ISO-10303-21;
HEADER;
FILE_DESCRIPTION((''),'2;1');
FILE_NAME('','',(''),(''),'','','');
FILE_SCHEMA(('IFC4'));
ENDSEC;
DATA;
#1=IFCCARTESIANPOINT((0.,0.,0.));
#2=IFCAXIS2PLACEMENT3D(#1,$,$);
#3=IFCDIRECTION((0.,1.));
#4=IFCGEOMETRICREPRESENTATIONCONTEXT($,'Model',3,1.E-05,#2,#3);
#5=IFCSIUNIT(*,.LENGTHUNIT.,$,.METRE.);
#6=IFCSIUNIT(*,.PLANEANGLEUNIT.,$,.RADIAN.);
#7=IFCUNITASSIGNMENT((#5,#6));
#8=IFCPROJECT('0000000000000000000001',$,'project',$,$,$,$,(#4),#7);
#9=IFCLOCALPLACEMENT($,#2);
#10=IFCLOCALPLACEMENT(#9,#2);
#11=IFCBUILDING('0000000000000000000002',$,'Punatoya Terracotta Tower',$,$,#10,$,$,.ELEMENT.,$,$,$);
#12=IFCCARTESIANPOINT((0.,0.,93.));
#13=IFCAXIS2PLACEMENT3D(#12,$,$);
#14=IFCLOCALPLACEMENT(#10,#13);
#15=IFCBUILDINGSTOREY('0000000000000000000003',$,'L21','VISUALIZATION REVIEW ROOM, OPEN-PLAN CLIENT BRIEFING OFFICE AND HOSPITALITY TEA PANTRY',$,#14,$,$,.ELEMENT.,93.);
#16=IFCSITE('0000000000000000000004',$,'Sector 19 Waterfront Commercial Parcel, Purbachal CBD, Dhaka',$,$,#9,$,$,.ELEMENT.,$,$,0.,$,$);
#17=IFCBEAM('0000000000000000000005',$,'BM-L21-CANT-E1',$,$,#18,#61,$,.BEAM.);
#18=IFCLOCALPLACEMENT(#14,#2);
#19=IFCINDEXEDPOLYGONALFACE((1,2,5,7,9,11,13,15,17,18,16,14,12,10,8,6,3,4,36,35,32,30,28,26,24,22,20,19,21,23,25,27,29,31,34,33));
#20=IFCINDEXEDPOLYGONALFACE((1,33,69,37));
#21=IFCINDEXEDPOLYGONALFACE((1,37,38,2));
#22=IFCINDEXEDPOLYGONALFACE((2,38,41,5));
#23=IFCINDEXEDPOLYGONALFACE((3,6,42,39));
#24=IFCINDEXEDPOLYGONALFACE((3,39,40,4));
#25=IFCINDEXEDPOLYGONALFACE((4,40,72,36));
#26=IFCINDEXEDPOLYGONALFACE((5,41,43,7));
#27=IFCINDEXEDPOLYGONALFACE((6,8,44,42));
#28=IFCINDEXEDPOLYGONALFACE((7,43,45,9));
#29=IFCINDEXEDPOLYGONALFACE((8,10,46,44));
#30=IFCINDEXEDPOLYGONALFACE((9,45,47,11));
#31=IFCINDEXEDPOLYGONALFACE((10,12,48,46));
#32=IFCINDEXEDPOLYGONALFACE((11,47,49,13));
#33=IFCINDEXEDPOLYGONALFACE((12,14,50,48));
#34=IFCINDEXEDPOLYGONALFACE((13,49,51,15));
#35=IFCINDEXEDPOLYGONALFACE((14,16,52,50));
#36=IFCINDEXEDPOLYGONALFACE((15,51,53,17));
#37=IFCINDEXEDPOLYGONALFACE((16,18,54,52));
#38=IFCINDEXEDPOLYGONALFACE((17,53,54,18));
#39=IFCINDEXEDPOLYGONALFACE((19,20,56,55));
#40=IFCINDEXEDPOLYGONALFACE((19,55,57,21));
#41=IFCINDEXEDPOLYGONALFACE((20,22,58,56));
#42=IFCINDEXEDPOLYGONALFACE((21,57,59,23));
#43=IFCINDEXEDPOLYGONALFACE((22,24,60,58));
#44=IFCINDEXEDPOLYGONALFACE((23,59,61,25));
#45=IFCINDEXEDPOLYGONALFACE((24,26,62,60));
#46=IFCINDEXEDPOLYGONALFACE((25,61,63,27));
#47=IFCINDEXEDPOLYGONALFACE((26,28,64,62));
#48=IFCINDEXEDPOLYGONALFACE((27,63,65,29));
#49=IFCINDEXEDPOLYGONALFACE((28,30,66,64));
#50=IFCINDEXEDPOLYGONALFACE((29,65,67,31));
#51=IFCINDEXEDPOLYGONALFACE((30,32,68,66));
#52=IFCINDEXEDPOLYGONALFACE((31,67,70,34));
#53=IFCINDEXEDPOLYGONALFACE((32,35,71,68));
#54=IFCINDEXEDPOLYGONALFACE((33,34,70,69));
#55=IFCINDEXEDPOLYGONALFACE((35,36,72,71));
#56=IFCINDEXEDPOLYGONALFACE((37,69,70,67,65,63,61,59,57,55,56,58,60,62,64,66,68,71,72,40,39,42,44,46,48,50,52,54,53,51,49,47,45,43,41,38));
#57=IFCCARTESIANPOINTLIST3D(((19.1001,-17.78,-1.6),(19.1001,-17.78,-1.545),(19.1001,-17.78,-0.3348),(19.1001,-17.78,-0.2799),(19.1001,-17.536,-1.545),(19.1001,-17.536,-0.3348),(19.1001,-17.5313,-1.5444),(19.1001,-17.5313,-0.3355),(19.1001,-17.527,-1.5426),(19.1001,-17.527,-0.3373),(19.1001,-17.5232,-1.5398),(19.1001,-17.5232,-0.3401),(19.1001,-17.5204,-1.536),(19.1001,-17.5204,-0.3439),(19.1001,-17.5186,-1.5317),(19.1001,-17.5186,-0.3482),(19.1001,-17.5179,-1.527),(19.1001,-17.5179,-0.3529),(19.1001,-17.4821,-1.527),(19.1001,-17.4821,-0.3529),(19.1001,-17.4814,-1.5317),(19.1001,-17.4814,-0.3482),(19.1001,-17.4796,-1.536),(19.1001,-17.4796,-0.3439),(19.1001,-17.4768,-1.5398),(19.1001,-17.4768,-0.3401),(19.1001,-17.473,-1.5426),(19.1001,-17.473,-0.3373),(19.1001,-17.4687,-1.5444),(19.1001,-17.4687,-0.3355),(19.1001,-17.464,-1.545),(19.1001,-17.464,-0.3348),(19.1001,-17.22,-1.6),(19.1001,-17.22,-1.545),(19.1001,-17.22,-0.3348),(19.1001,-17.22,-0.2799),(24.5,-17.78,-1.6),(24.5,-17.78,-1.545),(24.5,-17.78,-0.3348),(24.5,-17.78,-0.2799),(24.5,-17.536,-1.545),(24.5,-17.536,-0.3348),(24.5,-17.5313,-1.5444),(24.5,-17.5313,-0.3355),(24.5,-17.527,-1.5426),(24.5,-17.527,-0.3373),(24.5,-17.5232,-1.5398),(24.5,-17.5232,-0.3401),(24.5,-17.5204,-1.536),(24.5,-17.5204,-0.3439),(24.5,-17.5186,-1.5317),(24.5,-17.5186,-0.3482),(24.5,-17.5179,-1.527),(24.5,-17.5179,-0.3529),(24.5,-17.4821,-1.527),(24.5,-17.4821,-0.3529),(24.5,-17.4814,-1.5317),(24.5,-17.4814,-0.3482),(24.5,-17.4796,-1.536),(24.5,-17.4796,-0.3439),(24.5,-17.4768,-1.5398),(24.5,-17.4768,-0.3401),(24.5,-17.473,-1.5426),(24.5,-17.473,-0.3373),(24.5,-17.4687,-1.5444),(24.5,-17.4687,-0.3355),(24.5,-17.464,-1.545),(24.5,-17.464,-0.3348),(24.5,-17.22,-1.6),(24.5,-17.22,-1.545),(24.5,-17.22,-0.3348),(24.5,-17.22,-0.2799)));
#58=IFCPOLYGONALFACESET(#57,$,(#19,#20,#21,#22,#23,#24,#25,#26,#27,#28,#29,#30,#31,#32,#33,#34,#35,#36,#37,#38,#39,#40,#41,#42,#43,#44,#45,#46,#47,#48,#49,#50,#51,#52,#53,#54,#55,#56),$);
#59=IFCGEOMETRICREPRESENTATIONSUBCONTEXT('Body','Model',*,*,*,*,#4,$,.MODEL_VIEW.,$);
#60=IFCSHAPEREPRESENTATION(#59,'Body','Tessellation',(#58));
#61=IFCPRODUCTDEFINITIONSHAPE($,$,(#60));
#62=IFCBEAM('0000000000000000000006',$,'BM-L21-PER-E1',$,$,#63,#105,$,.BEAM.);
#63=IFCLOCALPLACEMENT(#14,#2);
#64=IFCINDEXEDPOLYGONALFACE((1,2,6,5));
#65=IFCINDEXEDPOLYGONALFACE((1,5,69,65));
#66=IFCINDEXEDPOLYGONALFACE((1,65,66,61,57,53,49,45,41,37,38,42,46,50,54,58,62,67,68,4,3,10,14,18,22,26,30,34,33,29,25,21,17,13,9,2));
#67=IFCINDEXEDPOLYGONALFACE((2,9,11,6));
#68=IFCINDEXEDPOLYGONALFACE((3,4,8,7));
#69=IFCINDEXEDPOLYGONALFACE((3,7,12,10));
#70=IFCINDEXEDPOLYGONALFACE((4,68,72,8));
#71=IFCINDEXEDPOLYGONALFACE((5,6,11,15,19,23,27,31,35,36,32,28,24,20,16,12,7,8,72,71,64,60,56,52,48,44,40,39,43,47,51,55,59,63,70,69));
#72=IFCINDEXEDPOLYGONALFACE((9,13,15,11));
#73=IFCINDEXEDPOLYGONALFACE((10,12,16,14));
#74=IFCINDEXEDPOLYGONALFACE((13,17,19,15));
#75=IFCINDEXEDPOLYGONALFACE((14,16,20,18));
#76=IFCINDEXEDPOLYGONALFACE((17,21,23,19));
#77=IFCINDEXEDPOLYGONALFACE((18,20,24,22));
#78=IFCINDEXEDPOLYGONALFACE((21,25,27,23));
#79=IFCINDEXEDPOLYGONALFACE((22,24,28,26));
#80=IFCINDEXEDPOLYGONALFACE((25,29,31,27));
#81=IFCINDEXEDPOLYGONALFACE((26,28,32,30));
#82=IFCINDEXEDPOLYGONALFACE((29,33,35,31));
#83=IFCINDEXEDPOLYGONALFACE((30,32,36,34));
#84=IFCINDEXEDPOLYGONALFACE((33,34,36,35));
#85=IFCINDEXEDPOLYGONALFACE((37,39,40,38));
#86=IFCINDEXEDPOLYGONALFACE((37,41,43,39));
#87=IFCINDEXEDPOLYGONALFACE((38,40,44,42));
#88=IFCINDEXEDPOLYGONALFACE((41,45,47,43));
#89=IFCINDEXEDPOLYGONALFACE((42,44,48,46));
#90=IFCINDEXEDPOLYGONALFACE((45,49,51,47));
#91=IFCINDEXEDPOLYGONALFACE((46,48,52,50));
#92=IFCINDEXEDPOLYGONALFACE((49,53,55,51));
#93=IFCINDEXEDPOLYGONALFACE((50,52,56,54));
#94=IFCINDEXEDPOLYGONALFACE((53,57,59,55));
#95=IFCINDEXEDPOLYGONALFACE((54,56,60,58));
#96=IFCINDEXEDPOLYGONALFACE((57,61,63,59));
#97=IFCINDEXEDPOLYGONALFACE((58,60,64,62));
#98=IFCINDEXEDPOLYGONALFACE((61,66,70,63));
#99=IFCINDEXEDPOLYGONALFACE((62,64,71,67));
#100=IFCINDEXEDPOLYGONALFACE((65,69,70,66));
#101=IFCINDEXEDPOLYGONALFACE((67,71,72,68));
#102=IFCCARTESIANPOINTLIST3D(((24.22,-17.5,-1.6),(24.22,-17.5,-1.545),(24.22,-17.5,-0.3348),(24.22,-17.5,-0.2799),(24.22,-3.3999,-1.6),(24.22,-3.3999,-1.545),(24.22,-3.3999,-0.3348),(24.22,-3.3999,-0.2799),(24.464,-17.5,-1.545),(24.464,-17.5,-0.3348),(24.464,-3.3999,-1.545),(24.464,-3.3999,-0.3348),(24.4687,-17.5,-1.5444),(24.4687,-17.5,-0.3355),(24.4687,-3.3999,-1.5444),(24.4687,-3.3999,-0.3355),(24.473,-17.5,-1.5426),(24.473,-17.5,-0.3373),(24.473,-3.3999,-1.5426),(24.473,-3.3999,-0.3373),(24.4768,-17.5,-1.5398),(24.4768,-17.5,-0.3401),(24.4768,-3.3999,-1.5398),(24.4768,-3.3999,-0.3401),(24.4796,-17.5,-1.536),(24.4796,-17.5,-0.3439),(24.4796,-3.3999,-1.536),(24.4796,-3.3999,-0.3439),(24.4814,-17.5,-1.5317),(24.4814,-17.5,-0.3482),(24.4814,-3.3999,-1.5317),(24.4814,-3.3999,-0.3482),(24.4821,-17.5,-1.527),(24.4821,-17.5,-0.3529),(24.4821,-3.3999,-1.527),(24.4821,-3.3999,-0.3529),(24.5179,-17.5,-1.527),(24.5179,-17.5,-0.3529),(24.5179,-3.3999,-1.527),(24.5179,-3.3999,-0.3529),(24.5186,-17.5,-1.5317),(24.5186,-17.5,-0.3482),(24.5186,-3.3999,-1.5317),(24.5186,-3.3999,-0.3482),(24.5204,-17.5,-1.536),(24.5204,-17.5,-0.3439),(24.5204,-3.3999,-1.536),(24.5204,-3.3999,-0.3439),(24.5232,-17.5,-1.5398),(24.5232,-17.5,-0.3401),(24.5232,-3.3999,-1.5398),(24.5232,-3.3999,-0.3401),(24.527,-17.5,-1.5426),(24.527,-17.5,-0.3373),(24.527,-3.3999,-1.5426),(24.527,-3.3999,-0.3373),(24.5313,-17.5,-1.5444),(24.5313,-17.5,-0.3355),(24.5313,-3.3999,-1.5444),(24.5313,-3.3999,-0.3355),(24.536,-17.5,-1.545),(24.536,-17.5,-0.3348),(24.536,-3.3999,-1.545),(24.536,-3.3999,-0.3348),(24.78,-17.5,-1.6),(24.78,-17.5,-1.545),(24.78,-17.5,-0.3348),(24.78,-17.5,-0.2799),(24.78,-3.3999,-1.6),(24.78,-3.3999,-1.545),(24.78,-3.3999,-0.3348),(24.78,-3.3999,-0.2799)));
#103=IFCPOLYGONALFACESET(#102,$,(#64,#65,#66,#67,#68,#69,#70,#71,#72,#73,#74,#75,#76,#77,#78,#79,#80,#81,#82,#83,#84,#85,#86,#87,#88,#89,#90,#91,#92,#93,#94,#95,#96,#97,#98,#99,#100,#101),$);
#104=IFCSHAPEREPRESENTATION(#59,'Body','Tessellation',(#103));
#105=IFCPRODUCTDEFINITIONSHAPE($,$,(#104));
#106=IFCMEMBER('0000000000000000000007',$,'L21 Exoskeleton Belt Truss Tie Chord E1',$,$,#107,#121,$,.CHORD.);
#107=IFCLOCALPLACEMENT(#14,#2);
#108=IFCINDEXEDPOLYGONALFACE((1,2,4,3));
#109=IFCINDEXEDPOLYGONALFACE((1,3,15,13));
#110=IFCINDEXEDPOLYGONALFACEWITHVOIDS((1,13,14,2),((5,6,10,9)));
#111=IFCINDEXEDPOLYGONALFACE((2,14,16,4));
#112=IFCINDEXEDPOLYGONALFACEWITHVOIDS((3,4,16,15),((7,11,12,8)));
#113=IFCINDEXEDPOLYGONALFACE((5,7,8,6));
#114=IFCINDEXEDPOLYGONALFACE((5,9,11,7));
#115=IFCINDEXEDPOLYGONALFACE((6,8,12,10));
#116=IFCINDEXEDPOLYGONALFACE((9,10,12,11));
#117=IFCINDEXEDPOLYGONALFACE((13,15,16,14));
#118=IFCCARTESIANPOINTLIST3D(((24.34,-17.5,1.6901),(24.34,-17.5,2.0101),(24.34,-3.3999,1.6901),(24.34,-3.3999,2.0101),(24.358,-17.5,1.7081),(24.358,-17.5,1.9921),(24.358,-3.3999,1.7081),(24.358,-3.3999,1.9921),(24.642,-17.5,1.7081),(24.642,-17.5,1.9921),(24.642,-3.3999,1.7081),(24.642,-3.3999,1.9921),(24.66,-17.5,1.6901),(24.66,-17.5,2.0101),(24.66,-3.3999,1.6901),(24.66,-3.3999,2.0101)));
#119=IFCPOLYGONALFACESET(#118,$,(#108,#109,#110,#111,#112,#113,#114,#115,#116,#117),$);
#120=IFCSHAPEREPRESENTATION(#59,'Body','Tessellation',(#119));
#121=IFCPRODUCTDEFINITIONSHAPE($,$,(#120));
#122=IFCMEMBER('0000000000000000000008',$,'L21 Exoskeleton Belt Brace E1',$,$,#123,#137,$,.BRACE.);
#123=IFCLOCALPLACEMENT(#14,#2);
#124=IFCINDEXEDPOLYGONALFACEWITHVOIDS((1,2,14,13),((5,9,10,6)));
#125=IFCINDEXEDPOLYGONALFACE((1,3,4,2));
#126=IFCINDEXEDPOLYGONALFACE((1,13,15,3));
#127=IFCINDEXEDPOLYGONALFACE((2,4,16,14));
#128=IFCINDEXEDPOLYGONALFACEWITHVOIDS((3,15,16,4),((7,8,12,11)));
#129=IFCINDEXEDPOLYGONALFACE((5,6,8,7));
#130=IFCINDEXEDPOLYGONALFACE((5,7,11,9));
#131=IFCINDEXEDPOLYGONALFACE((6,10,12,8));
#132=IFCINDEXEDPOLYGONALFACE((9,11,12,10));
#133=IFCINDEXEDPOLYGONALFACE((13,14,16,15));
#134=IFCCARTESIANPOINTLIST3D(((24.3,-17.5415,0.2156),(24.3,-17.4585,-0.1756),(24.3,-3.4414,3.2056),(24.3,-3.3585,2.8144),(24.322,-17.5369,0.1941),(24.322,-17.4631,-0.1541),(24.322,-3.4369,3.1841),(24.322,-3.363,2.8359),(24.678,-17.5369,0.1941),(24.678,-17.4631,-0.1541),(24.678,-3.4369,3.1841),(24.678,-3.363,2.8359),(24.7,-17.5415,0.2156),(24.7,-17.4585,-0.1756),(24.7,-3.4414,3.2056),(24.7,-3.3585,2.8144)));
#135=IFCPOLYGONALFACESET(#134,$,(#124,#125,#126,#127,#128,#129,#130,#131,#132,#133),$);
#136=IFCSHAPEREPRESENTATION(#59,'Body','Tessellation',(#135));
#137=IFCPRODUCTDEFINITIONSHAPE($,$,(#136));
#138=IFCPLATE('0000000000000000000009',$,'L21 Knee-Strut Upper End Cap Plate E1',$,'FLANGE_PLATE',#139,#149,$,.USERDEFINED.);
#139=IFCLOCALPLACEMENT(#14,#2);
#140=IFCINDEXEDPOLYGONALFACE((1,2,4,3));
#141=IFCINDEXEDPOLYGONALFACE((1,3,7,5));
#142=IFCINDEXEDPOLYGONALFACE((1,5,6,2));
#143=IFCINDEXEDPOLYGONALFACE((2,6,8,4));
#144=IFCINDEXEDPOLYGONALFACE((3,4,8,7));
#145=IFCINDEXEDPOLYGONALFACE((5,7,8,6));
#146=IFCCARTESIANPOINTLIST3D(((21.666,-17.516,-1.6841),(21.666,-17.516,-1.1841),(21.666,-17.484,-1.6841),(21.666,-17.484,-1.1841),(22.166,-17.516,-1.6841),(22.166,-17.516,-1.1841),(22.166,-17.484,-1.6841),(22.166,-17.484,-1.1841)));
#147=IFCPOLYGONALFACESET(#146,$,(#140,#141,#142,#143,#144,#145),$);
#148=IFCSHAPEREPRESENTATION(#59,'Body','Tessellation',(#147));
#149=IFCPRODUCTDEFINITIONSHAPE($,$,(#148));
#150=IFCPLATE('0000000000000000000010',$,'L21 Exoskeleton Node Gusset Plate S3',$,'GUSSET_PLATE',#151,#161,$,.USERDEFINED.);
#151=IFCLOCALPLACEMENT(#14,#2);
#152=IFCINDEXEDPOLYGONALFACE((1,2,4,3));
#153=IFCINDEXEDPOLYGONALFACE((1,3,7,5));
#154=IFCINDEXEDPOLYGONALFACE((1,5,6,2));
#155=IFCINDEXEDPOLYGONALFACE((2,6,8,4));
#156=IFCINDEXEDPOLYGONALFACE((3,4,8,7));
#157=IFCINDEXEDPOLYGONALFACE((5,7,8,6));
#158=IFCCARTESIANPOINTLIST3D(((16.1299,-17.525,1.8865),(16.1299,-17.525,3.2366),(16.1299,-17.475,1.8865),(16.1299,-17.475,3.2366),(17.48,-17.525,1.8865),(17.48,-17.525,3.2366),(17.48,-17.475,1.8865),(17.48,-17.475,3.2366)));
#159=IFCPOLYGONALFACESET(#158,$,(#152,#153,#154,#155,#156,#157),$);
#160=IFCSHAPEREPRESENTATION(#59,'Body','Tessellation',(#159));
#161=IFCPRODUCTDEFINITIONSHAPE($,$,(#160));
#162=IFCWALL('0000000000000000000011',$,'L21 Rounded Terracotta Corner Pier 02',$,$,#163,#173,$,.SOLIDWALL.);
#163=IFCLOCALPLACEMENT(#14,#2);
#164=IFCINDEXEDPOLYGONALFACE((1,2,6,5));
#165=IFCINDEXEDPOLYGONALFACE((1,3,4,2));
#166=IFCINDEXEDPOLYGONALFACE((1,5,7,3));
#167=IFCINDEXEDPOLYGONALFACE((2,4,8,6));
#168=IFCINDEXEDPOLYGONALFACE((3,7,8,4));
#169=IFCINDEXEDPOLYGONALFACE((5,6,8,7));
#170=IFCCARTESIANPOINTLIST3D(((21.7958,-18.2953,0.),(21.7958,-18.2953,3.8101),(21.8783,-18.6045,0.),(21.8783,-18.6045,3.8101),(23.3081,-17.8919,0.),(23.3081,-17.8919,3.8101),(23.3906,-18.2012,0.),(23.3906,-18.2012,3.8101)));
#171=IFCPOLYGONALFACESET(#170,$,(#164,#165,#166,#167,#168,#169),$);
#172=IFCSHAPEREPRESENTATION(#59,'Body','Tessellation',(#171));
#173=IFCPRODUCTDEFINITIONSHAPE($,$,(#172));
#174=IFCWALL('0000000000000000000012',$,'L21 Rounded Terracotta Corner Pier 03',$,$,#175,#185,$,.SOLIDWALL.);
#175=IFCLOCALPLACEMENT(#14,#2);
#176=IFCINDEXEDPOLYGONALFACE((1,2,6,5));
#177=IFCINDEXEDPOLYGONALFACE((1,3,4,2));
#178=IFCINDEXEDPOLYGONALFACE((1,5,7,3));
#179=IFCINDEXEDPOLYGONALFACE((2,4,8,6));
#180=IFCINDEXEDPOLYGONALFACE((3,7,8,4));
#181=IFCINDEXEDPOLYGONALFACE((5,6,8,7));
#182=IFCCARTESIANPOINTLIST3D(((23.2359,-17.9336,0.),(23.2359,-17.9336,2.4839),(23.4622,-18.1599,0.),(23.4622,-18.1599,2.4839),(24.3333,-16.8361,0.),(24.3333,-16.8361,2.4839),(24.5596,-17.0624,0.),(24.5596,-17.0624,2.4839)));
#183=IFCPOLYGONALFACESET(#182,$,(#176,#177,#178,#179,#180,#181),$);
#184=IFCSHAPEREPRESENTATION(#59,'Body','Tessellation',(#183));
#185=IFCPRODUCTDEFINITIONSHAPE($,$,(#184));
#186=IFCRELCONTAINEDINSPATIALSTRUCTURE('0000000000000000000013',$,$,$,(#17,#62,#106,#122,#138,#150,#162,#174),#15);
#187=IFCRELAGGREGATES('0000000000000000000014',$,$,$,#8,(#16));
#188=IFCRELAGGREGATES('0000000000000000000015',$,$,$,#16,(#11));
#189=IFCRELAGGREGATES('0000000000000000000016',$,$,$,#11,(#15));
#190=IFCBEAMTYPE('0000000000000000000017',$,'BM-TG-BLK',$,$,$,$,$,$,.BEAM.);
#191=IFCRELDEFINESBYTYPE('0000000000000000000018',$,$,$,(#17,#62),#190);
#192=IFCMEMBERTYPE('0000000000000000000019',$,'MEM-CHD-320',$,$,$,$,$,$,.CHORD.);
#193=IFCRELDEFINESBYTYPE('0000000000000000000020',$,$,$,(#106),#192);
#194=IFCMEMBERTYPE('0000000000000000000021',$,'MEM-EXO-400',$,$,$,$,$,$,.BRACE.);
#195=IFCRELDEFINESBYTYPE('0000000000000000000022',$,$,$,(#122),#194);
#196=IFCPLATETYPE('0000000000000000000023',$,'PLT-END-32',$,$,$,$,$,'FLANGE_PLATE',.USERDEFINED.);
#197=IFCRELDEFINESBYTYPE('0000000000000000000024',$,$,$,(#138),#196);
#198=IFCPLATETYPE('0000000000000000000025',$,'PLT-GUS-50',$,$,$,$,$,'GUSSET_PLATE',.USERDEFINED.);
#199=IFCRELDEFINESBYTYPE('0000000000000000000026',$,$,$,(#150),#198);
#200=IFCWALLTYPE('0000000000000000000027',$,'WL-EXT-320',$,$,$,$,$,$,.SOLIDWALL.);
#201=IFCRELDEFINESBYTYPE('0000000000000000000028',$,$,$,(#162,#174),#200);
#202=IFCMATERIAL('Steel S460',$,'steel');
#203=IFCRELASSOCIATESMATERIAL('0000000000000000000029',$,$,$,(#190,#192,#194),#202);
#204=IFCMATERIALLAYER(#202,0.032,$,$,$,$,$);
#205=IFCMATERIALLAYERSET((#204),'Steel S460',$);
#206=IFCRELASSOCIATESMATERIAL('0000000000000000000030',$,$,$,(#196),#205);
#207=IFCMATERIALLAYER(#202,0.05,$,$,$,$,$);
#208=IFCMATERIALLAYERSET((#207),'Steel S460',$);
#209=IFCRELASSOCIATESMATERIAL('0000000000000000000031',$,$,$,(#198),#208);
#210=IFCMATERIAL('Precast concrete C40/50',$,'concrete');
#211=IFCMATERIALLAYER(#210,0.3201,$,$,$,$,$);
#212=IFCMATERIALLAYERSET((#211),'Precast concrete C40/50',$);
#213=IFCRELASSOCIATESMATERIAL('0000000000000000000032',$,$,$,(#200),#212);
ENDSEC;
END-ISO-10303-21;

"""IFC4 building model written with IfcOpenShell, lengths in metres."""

from ifc_helpers import new_model, si_unit, direction, frame, frame_2d, origin, origin_2d, place, context, subcontext, project, spatial, rectangle, hollow_rectangle, i_section, extrude, material, layer, layer_set, material_profile, profile_set, type_object, element, save


model = new_model("IFC4")

# Units and contexts
model_context = context("Model", 3, precision=1e-05, world=origin(), true_north=direction((0.0, 1.0)))
body_context = subcontext(model_context, "Body", "Model", "MODEL_VIEW")
ifc_project = project(units=[si_unit("LENGTHUNIT", "METRE"), si_unit("PLANEANGLEUNIT", "RADIAN")], contexts=[model_context])

# Site, building, storey
site_placement = place(None, origin())
site = spatial("IfcSite", under=ifc_project, at=site_placement, Name="Sector 19 Waterfront Commercial Parcel, Purbachal CBD, Dhaka", CompositionType="ELEMENT", RefElevation=0.0)
building_placement = place(site_placement, origin())
building = spatial("IfcBuilding", under=site, at=building_placement, Name="Punatoya Terracotta Tower", CompositionType="ELEMENT")
storey_placement = place(building_placement, frame((0.0, 0.0, 93.0)))
storey = spatial("IfcBuildingStorey", under=building, at=storey_placement, Name="L21", Description="VISUALIZATION REVIEW ROOM, OPEN-PLAN CLIENT BRIEFING OFFICE AND HOSPITALITY TEA PANTRY", CompositionType="ELEMENT", Elevation=93.0)

# Shared definitions
ifc_material_1 = material(Name="Steel S460", Category="steel")

# Beams
ifc_material_profile_1 = material_profile(ifc_material_1, i_section(OverallWidth=0.5601, OverallDepth=1.3201, WebThickness=0.0359, FlangeThickness=0.0549, FilletRadius=0.0181, at=origin_2d()))
ifc_profile_set_1 = profile_set([ifc_material_profile_1], Name="Steel S460")
beam_type_1 = type_object("IfcBeamType", Name="BM-TG-BLK", PredefinedType="BEAM", material=ifc_profile_set_1)
beam_1_placement = place(storey_placement, frame((19.1001, -17.5, -0.9399), z_axis=(1.0, 0.0, 0.0), x_axis=(0.0, 1.0, 0.0)))
element("IfcBeam", 1, at=beam_1_placement, inside=storey, type_object=beam_type_1, Name="BM-L21-CANT-E1", PredefinedType="BEAM", context=body_context, shape_type="SweptSolid", body=[
    extrude(i_section(OverallWidth=0.5601, OverallDepth=1.3201, WebThickness=0.0359, FlangeThickness=0.0549, FilletRadius=0.0181, at=origin_2d()), origin(), (0.0, 0.0, 1.0), 5.3999),
])
beam_2_placement = place(storey_placement, frame((24.5, -17.5, -0.9399), z_axis=(0.0, 1.0, 0.0), x_axis=(-1.0, 0.0, 0.0)))
element("IfcBeam", 2, at=beam_2_placement, inside=storey, type_object=beam_type_1, Name="BM-L21-PER-E1", PredefinedType="BEAM", context=body_context, shape_type="SweptSolid", body=[
    extrude(i_section(OverallWidth=0.5601, OverallDepth=1.3201, WebThickness=0.0359, FlangeThickness=0.0549, FilletRadius=0.0181, at=origin_2d()), origin(), (0.0, 0.0, 1.0), 14.1001),
])

# Members
ifc_material_profile_2 = material_profile(ifc_material_1, hollow_rectangle(XDim=0.3201, YDim=0.3201, WallThickness=0.0181, at=origin_2d()))
ifc_profile_set_2 = profile_set([ifc_material_profile_2], Name="Steel S460")
member_type_1 = type_object("IfcMemberType", Name="MEM-CHD-320", PredefinedType="CHORD", material=ifc_profile_set_2)
member_1_placement = place(storey_placement, frame((24.5, -17.5, 1.8501), z_axis=(0.0, 1.0, 0.0), x_axis=(-1.0, 0.0, 0.0)))
element("IfcMember", 3, at=member_1_placement, inside=storey, type_object=member_type_1, Name="L21 Exoskeleton Belt Truss Tie Chord E1", PredefinedType="CHORD", context=body_context, shape_type="SweptSolid", body=[
    extrude(hollow_rectangle(XDim=0.3201, YDim=0.3201, WallThickness=0.0181, at=origin_2d()), origin(), (0.0, 0.0, 1.0), 14.1001),
])
ifc_material_profile_3 = material_profile(ifc_material_1, hollow_rectangle(XDim=0.3999, YDim=0.3999, WallThickness=0.022, at=origin_2d()))
ifc_profile_set_3 = profile_set([ifc_material_profile_3], Name="Steel S460")
member_type_2 = type_object("IfcMemberType", Name="MEM-EXO-400", PredefinedType="BRACE", material=ifc_profile_set_3)
member_2_placement = place(storey_placement, frame((24.5, -17.5, 0.02), z_axis=(0.0, 0.978247, 0.207442), x_axis=(-1.0, 0.0, 0.0)))
element("IfcMember", 4, at=member_2_placement, inside=storey, type_object=member_type_2, Name="L21 Exoskeleton Belt Brace E1", PredefinedType="BRACE", context=body_context, shape_type="SweptSolid", body=[
    extrude(hollow_rectangle(XDim=0.3999, YDim=0.3999, WallThickness=0.022, at=origin_2d()), origin(), (0.0, 0.0, 1.0), 14.4136),
])

# Plates
ifc_layer_1 = layer(ifc_material_1, 0.032)
ifc_layer_set_1 = layer_set([ifc_layer_1], Name="Steel S460")
plate_type_1 = type_object("IfcPlateType", Name="PLT-END-32", ElementType="FLANGE_PLATE", PredefinedType="USERDEFINED", material=ifc_layer_set_1)
plate_1_placement = place(storey_placement, frame((21.916, -17.5, -1.6841), z_axis=(0.0, 0.0, 1.0), x_axis=(1.0, 0.0, 0.0)))
element("IfcPlate", 5, at=plate_1_placement, inside=storey, type_object=plate_type_1, Name="L21 Knee-Strut Upper End Cap Plate E1", ObjectType="FLANGE_PLATE", PredefinedType="USERDEFINED", context=body_context, shape_type="SweptSolid", body=[
    extrude(rectangle(XDim=0.5, YDim=0.032, at=origin_2d()), origin(), (0.0, 0.0, 1.0), 0.5),
])
ifc_layer_2 = layer(ifc_material_1, 0.05)
ifc_layer_set_2 = layer_set([ifc_layer_2], Name="Steel S460")
plate_type_2 = type_object("IfcPlateType", Name="PLT-GUS-50", ElementType="GUSSET_PLATE", PredefinedType="USERDEFINED", material=ifc_layer_set_2)
plate_2_placement = place(storey_placement, frame((16.8049, -17.5, 1.8865), z_axis=(0.0, 0.0, 1.0), x_axis=(1.0, 0.0, 0.0)))
element("IfcPlate", 6, at=plate_2_placement, inside=storey, type_object=plate_type_2, Name="L21 Exoskeleton Node Gusset Plate S3", ObjectType="GUSSET_PLATE", PredefinedType="USERDEFINED", context=body_context, shape_type="SweptSolid", body=[
    extrude(rectangle(XDim=1.3501, YDim=0.05, at=origin_2d()), origin(), (0.0, 0.0, 1.0), 1.3501),
])

# Walls
ifc_material_2 = material(Name="Precast concrete C40/50", Category="concrete")
ifc_layer_3 = layer(ifc_material_2, 0.3201)
ifc_layer_set_3 = layer_set([ifc_layer_3], Name="Precast concrete C40/50")
wall_type_1 = type_object("IfcWallType", Name="WL-EXT-320", PredefinedType="SOLIDWALL", material=ifc_layer_set_3)
wall_1_placement = place(storey_placement, frame((21.8369, -18.45, 0.0), z_axis=(0.0, 0.0, 1.0), x_axis=(0.966225, 0.257701, 0.0)))
element("IfcWall", 7, at=wall_1_placement, inside=storey, type_object=wall_type_1, Name="L21 Rounded Terracotta Corner Pier 02", PredefinedType="SOLIDWALL", context=body_context, shape_type="SweptSolid", body=[
    extrude(rectangle(XDim=1.5652, YDim=0.3201, at=frame_2d((0.7827, 0.0))), origin(), (0.0, 0.0, 1.0), 3.8101),
])
wall_2_placement = place(storey_placement, frame((23.3491, -18.0466, 0.0), z_axis=(0.0, 0.0, 1.0), x_axis=(0.707107, 0.707107, 0.0)))
element("IfcWall", 8, at=wall_2_placement, inside=storey, type_object=wall_type_1, Name="L21 Rounded Terracotta Corner Pier 03", PredefinedType="SOLIDWALL", context=body_context, shape_type="SweptSolid", body=[
    extrude(rectangle(XDim=1.552, YDim=0.3201, at=frame_2d((0.7759, 0.0))), origin(), (0.0, 0.0, 1.0), 2.4839),
])

save(model, "model.ifc")
